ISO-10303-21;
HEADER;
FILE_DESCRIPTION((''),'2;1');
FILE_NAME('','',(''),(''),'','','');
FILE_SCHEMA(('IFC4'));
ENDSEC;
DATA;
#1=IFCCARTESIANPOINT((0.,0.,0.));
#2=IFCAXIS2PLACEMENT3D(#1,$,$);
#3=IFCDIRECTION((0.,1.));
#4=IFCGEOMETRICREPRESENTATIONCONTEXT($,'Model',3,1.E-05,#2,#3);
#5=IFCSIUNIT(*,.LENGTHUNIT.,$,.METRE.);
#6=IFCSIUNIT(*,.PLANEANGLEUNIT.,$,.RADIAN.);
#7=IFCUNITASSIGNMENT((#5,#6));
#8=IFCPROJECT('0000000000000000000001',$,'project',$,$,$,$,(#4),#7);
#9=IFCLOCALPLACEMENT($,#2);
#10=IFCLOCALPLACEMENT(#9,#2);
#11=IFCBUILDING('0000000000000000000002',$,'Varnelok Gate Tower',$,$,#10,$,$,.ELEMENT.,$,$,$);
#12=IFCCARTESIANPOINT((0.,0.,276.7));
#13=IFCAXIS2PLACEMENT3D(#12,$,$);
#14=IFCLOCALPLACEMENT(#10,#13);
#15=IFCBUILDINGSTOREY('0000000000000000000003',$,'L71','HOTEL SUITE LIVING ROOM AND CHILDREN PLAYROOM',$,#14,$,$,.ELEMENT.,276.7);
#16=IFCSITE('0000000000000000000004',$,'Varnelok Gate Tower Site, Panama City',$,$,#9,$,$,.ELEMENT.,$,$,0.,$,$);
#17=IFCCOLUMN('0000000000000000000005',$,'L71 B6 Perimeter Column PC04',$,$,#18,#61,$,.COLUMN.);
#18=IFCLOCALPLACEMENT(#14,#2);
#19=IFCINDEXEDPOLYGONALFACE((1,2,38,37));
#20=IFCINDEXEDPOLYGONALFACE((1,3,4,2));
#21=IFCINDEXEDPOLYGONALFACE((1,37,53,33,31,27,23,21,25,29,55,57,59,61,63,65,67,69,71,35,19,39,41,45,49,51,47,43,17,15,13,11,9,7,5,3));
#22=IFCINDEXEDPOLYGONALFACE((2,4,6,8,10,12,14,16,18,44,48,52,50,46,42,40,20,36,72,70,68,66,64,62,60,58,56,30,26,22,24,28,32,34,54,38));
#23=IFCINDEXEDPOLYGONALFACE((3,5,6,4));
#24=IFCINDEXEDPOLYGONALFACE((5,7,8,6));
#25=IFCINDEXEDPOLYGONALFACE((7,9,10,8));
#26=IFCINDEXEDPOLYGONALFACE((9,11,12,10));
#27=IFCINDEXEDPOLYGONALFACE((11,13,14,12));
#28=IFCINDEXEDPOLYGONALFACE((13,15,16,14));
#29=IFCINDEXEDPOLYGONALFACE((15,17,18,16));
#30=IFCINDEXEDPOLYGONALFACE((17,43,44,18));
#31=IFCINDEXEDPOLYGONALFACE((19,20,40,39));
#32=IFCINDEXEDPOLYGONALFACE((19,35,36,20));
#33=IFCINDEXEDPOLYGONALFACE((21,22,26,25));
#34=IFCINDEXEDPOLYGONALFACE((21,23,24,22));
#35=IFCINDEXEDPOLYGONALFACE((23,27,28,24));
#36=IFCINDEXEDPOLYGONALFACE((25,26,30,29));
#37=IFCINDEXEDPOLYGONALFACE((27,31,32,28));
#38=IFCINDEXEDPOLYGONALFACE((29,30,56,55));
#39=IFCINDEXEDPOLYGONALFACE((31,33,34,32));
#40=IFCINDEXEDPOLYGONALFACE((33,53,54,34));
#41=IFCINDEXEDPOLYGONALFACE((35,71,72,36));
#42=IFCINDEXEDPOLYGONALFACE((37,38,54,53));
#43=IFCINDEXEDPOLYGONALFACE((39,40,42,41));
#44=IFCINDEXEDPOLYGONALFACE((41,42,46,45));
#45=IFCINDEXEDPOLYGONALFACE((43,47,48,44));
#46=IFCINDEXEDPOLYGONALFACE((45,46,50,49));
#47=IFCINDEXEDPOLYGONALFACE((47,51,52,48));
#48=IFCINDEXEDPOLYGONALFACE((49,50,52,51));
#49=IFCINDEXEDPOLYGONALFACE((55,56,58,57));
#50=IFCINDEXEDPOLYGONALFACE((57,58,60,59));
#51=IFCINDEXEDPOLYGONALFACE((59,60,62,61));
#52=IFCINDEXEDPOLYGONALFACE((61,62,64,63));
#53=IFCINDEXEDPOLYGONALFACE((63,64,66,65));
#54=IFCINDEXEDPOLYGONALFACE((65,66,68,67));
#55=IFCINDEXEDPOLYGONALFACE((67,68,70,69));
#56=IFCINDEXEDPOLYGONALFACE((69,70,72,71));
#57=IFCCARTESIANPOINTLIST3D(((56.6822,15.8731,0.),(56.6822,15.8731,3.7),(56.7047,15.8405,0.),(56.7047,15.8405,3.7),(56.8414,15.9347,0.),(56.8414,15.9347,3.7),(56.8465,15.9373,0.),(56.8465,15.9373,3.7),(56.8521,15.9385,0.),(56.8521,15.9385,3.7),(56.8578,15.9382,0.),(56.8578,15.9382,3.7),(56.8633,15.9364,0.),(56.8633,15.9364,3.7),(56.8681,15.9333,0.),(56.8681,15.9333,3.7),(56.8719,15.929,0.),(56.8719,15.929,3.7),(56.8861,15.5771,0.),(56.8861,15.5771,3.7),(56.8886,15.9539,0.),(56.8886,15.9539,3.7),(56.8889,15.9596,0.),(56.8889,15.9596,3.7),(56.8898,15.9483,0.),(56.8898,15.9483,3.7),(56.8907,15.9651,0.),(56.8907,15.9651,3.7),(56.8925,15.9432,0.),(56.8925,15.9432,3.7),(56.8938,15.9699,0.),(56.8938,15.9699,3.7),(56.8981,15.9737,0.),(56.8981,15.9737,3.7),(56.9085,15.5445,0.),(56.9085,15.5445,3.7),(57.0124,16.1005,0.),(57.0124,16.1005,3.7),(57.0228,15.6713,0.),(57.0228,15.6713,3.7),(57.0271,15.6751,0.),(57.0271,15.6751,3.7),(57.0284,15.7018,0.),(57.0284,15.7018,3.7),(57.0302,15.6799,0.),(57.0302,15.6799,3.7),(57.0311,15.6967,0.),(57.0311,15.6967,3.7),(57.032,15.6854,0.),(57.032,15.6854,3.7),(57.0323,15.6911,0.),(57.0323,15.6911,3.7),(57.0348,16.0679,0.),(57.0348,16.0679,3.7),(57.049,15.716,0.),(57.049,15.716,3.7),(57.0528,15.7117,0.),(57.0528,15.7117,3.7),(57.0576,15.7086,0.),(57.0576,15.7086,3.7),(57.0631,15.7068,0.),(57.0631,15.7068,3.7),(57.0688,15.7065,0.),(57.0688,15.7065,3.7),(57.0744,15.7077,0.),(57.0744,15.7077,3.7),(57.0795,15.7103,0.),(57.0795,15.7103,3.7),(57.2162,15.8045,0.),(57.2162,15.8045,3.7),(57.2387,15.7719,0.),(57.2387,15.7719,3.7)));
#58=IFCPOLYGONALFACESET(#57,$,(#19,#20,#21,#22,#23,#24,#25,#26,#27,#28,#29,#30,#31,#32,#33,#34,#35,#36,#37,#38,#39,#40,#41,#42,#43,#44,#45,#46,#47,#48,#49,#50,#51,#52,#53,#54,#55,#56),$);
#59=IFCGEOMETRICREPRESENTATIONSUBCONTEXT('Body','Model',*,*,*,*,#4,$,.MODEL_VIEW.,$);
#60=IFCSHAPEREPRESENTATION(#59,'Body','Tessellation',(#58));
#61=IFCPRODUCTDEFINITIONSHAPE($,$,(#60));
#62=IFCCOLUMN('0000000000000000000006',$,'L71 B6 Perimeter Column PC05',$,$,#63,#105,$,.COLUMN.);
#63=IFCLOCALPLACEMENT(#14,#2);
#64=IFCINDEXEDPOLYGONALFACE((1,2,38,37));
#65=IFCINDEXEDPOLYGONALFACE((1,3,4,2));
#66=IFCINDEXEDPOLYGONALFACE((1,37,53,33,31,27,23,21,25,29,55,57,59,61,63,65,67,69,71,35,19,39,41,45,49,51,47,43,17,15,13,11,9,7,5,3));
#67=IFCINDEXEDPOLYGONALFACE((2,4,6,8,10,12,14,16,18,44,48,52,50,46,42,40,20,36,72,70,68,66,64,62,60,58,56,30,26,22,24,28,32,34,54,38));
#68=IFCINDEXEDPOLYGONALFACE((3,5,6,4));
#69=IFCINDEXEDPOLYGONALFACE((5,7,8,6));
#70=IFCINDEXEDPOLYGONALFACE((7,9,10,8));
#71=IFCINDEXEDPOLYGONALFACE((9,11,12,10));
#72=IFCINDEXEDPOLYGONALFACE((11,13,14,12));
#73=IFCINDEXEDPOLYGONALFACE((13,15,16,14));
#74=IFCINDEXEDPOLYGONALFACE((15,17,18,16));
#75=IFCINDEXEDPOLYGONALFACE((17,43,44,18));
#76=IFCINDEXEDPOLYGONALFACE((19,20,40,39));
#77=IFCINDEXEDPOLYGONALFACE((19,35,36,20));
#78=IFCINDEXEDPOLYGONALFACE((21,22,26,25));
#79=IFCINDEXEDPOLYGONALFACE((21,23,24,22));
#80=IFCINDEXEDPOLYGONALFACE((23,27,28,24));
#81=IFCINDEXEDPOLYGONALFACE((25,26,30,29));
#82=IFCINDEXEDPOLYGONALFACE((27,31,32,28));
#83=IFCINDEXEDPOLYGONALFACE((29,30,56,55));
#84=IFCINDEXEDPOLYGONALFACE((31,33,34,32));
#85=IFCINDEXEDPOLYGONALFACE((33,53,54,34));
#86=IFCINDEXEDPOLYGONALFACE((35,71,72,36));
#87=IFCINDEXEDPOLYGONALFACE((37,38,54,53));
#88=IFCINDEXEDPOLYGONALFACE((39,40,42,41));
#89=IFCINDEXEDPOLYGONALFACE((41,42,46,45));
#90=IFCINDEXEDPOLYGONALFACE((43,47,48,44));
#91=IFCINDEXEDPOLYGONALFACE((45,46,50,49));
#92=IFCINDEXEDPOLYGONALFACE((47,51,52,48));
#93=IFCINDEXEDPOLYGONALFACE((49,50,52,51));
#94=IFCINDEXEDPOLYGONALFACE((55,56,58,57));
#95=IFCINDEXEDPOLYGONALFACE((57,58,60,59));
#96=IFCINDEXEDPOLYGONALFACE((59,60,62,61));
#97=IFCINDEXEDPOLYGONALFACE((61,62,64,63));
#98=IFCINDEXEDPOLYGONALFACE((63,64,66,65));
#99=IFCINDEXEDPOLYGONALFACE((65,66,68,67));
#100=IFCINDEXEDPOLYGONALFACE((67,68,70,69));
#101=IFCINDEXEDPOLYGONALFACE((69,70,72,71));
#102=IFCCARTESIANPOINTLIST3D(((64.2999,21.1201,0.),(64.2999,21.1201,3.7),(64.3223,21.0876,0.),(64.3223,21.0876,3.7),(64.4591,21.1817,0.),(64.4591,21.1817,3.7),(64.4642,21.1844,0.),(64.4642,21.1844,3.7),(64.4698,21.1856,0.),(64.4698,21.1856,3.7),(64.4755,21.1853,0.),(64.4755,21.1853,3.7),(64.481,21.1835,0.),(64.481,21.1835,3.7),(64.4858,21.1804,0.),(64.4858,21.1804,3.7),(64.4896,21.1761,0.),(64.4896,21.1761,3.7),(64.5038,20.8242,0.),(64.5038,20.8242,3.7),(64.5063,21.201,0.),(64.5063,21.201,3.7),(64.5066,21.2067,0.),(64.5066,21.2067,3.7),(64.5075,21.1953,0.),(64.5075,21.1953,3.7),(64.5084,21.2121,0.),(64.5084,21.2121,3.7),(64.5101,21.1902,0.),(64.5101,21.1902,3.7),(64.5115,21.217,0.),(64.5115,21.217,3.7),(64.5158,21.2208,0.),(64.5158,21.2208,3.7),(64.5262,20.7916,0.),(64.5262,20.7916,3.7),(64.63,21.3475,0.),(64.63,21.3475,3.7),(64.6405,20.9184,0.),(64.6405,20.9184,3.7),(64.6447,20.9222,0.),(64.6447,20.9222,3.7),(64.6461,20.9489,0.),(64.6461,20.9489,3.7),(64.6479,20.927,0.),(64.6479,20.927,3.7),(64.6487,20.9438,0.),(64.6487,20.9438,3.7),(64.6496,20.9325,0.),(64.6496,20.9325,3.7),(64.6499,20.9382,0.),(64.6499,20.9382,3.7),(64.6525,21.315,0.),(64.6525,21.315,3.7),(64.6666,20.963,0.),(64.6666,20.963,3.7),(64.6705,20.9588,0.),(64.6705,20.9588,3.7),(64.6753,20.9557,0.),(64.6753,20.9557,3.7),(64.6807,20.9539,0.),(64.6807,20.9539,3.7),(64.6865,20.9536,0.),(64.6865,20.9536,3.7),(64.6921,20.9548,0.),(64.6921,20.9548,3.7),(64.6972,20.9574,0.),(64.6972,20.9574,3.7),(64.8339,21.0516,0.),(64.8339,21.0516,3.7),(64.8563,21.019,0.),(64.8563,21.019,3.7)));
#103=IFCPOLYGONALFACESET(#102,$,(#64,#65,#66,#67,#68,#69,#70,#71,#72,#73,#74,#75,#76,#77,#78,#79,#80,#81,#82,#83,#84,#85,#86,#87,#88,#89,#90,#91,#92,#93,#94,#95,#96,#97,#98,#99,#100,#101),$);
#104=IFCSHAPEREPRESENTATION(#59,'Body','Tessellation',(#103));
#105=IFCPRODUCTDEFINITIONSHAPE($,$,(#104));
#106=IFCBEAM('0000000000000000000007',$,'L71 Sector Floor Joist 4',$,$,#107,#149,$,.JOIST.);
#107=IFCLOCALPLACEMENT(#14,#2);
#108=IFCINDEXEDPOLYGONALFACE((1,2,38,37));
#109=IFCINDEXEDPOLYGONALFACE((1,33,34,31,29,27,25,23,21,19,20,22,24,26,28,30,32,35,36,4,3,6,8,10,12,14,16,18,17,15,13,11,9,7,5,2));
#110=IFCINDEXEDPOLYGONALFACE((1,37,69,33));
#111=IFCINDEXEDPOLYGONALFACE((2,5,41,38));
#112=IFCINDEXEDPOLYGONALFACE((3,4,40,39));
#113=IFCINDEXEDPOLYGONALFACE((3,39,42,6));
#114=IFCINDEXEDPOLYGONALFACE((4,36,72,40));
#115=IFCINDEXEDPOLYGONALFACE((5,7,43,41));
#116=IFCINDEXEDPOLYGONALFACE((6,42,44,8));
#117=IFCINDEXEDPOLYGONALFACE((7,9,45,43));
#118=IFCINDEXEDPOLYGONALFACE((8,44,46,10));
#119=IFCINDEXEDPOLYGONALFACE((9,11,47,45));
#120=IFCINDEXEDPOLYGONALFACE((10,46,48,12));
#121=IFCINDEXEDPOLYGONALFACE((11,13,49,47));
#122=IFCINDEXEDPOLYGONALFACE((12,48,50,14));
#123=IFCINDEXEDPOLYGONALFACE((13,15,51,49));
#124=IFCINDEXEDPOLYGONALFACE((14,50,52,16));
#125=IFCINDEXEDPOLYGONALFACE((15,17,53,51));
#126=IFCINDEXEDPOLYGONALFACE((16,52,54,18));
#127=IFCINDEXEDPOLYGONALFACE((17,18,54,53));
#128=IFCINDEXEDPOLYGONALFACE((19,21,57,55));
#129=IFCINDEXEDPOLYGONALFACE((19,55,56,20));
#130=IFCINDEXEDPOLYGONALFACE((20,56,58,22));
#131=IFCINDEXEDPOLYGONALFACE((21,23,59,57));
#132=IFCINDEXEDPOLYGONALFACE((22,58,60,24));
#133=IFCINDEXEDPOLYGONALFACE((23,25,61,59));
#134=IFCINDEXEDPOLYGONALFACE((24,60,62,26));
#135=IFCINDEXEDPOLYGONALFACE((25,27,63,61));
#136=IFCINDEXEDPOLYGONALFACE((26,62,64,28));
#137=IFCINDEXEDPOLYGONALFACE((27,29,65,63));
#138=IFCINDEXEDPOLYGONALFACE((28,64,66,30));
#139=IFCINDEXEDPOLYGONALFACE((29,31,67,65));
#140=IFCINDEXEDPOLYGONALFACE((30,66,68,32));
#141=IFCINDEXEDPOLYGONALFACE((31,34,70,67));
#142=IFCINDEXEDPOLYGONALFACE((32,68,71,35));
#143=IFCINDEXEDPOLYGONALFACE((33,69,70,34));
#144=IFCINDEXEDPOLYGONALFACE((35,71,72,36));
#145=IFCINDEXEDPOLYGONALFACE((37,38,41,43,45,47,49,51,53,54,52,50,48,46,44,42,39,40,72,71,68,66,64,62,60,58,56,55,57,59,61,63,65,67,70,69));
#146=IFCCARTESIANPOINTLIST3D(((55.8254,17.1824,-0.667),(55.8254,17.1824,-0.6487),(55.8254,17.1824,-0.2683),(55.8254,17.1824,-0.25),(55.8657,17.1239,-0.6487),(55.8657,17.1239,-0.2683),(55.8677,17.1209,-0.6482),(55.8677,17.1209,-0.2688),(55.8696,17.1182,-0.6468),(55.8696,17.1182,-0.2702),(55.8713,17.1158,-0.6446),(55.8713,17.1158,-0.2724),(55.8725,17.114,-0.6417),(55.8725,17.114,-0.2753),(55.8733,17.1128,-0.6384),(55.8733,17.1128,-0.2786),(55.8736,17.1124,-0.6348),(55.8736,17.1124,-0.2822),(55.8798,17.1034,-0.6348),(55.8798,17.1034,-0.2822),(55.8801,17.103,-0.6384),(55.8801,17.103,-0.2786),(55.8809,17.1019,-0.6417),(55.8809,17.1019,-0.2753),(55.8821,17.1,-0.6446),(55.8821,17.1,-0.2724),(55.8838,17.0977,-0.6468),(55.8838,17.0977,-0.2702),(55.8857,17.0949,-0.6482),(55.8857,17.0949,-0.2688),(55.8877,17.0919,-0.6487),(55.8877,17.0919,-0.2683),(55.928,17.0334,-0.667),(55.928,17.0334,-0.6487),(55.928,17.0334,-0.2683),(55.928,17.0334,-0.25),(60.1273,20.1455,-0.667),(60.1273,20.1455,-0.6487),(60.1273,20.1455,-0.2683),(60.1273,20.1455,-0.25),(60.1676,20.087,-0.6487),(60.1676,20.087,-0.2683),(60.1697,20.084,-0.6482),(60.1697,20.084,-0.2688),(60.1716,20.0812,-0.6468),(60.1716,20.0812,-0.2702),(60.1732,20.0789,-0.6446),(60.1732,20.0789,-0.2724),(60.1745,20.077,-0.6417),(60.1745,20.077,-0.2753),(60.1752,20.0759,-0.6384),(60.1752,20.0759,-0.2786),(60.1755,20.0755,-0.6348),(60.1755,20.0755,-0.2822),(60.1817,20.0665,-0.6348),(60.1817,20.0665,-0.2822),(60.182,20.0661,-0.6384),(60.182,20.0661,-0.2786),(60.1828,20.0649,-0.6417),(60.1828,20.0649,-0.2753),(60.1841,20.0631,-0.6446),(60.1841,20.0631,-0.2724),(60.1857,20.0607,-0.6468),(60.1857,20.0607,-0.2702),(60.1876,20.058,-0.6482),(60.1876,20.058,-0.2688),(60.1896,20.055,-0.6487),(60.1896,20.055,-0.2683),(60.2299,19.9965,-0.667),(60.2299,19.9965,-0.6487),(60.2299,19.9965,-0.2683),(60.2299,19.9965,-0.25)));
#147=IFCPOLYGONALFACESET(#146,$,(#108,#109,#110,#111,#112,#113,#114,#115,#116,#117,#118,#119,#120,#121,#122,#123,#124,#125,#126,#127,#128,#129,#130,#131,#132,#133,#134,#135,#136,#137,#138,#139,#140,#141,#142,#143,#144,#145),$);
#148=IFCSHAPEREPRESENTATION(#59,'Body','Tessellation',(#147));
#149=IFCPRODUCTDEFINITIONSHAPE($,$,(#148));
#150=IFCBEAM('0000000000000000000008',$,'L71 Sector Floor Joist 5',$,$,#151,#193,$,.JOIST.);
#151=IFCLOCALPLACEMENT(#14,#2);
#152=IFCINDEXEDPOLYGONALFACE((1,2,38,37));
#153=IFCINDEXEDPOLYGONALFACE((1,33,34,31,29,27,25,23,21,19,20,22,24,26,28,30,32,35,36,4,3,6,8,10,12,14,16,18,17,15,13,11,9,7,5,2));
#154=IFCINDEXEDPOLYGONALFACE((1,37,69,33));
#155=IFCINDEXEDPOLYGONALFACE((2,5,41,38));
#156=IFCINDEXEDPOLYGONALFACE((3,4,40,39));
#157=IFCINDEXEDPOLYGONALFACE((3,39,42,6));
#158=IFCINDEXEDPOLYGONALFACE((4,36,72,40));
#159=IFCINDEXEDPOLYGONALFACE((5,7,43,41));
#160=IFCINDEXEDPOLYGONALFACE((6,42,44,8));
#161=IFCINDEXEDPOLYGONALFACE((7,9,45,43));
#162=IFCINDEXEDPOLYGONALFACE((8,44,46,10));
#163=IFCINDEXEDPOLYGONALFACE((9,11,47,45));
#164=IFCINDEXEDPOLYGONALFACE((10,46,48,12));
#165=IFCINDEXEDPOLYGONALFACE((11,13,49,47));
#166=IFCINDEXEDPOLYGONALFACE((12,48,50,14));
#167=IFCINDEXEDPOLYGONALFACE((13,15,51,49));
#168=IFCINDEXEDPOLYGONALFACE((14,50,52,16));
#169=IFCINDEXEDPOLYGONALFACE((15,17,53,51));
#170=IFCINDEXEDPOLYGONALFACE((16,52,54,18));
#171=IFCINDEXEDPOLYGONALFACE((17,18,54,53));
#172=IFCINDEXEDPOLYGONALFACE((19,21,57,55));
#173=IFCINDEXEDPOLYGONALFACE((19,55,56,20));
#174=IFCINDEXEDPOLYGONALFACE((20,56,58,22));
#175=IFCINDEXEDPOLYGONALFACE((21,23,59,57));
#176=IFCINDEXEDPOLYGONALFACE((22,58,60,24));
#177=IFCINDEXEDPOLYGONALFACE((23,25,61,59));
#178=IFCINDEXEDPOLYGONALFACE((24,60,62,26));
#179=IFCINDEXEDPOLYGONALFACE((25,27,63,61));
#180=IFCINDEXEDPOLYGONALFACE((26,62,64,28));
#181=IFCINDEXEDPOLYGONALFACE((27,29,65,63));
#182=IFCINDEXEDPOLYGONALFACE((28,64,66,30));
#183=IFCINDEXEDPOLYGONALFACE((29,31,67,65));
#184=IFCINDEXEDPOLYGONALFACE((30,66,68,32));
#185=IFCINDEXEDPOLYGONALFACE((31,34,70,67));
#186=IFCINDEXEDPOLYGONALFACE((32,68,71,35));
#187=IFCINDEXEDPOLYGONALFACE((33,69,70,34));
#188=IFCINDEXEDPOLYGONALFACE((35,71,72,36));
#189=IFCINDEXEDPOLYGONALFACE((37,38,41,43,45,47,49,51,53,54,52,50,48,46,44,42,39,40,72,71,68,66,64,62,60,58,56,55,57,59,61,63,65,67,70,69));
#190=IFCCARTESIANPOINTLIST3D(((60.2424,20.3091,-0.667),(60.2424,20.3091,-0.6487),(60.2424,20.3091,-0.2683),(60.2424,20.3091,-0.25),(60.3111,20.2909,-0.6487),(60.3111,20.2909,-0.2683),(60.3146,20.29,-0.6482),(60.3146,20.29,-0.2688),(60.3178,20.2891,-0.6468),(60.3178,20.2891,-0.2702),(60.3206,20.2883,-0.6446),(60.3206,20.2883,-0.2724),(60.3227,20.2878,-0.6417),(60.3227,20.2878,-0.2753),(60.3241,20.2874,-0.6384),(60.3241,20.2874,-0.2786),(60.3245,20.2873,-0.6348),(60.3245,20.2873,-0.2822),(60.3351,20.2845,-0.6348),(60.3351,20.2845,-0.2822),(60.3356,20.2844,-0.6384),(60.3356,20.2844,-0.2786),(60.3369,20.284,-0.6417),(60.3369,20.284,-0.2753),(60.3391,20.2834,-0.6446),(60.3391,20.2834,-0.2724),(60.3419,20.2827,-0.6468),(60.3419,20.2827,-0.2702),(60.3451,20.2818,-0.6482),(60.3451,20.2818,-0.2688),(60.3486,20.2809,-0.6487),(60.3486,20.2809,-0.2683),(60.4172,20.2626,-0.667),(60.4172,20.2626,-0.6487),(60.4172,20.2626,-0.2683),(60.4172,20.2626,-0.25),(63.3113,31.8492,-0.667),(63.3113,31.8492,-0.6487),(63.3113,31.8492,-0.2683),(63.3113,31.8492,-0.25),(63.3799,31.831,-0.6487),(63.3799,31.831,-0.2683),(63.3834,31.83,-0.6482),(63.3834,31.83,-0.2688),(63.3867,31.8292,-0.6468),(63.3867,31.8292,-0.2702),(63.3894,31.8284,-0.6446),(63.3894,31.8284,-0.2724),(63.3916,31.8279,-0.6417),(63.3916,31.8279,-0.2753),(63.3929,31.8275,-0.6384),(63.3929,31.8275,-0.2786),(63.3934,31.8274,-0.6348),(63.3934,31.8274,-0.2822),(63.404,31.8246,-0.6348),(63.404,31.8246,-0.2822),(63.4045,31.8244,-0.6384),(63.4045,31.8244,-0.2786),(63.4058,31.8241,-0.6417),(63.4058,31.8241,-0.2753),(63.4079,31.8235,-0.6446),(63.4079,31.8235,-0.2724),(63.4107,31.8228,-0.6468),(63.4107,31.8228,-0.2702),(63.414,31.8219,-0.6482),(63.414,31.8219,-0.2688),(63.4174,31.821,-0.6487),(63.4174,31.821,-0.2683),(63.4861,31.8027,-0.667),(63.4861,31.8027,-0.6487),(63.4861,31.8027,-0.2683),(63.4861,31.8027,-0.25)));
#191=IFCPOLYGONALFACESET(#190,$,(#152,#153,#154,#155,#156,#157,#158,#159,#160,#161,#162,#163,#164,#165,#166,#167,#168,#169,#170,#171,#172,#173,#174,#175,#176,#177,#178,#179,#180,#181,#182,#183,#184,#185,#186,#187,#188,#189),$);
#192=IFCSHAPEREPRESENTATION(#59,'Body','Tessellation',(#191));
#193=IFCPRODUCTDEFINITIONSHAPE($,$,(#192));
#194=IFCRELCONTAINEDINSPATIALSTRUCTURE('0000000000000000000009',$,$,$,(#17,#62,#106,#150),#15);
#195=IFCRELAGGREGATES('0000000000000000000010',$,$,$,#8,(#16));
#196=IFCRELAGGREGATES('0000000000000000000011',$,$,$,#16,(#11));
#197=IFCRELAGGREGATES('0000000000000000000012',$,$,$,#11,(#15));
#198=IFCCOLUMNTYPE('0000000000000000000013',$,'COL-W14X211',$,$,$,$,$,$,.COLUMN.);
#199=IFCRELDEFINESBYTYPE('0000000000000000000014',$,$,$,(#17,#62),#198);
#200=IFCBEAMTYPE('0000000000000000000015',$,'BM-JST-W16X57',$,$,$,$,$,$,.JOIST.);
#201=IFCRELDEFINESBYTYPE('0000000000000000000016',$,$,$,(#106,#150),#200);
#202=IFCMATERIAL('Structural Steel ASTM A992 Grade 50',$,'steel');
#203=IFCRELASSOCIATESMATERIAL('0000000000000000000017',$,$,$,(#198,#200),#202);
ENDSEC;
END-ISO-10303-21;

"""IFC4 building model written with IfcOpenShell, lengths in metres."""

from ifc_helpers import new_model, si_unit, direction, frame, origin, origin_2d, place, context, subcontext, project, spatial, i_section, extrude, material, material_profile, profile_set, type_object, element, save


model = new_model("IFC4")

# Units and contexts
model_context = context("Model", 3, precision=1e-05, world=origin(), true_north=direction((0.0, 1.0)))
body_context = subcontext(model_context, "Body", "Model", "MODEL_VIEW")
ifc_project = project(units=[si_unit("LENGTHUNIT", "METRE"), si_unit("PLANEANGLEUNIT", "RADIAN")], contexts=[model_context])

# Site, building, storey
site_placement = place(None, origin())
site = spatial("IfcSite", under=ifc_project, at=site_placement, Name="Varnelok Gate Tower Site, Panama City", CompositionType="ELEMENT", RefElevation=0.0)
building_placement = place(site_placement, origin())
building = spatial("IfcBuilding", under=site, at=building_placement, Name="Varnelok Gate Tower", CompositionType="ELEMENT")
storey_placement = place(building_placement, frame((0.0, 0.0, 276.7)))
storey = spatial("IfcBuildingStorey", under=building, at=storey_placement, Name="L71", Description="HOTEL SUITE LIVING ROOM AND CHILDREN PLAYROOM", CompositionType="ELEMENT", Elevation=276.7)

# Columns
ifc_material_1 = material(Name="Structural Steel ASTM A992 Grade 50", Category="steel")
ifc_material_profile_1 = material_profile(ifc_material_1, i_section(OverallWidth=0.4009, OverallDepth=0.3989, WebThickness=0.0249, FlangeThickness=0.0396, FilletRadius=0.022, at=origin_2d()), Name="W14X211")
ifc_profile_set_1 = profile_set([ifc_material_profile_1], Name="Structural Steel ASTM A992 Grade 50")
column_type = type_object("IfcColumnType", Name="COL-W14X211", PredefinedType="COLUMN", material=ifc_profile_set_1)
for number, where, z_axis, x_axis, name in (
    (1, (56.9604, 15.8225, 0.0), (0.0, 0.0, 1.0), (0.823533, 0.567269, 0.0), "L71 B6 Perimeter Column PC04"),
    (2, (64.5781, 21.0696, 0.0), (0.0, 0.0, 1.0), (0.823533, 0.567269, 0.0), "L71 B6 Perimeter Column PC05"),
):
    element("IfcColumn", number, at=place(storey_placement, frame(where, z_axis=z_axis, x_axis=x_axis)), inside=storey, type_object=column_type, Name=name, PredefinedType="COLUMN", context=body_context, shape_type="SweptSolid", body=[
        extrude(i_section(OverallWidth=0.4009, OverallDepth=0.3989, WebThickness=0.0249, FlangeThickness=0.0396, FilletRadius=0.022, at=origin_2d()), origin(), (0.0, 0.0, 1.0), 3.7),
    ])

# Beams
ifc_material_profile_2 = material_profile(ifc_material_1, i_section(OverallWidth=0.1809, OverallDepth=0.417, WebThickness=0.011, FlangeThickness=0.0183, FilletRadius=0.0139, at=origin_2d()), Name="W16X57")
ifc_profile_set_2 = profile_set([ifc_material_profile_2], Name="Structural Steel ASTM A992 Grade 50")
beam_type_1 = type_object("IfcBeamType", Name="BM-JST-W16X57", PredefinedType="JOIST", material=ifc_profile_set_2)
beam_1_placement = place(storey_placement, frame((55.8767, 17.1079, -0.4585), z_axis=(0.823549, 0.567245, 0.0), x_axis=(-0.567245, 0.823549, 0.0)))
element("IfcBeam", 3, at=beam_1_placement, inside=storey, type_object=beam_type_1, Name="L71 Sector Floor Joist 4", PredefinedType="JOIST", context=body_context, shape_type="SweptSolid", body=[
    extrude(i_section(OverallWidth=0.1809, OverallDepth=0.417, WebThickness=0.011, FlangeThickness=0.0183, FilletRadius=0.0139, at=origin_2d()), origin(), (0.0, 0.0, 1.0), 5.2236),
])
beam_2_placement = place(storey_placement, frame((60.3298, 20.2859, -0.4585), z_axis=(0.256998, 0.966412, 0.0), x_axis=(-0.966412, 0.256998, 0.0)))
element("IfcBeam", 4, at=beam_2_placement, inside=storey, type_object=beam_type_1, Name="L71 Sector Floor Joist 5", PredefinedType="JOIST", context=body_context, shape_type="SweptSolid", body=[
    extrude(i_section(OverallWidth=0.1809, OverallDepth=0.417, WebThickness=0.011, FlangeThickness=0.0183, FilletRadius=0.0139, at=origin_2d()), origin(), (0.0, 0.0, 1.0), 11.9412),
])

save(model, "model.ifc")
